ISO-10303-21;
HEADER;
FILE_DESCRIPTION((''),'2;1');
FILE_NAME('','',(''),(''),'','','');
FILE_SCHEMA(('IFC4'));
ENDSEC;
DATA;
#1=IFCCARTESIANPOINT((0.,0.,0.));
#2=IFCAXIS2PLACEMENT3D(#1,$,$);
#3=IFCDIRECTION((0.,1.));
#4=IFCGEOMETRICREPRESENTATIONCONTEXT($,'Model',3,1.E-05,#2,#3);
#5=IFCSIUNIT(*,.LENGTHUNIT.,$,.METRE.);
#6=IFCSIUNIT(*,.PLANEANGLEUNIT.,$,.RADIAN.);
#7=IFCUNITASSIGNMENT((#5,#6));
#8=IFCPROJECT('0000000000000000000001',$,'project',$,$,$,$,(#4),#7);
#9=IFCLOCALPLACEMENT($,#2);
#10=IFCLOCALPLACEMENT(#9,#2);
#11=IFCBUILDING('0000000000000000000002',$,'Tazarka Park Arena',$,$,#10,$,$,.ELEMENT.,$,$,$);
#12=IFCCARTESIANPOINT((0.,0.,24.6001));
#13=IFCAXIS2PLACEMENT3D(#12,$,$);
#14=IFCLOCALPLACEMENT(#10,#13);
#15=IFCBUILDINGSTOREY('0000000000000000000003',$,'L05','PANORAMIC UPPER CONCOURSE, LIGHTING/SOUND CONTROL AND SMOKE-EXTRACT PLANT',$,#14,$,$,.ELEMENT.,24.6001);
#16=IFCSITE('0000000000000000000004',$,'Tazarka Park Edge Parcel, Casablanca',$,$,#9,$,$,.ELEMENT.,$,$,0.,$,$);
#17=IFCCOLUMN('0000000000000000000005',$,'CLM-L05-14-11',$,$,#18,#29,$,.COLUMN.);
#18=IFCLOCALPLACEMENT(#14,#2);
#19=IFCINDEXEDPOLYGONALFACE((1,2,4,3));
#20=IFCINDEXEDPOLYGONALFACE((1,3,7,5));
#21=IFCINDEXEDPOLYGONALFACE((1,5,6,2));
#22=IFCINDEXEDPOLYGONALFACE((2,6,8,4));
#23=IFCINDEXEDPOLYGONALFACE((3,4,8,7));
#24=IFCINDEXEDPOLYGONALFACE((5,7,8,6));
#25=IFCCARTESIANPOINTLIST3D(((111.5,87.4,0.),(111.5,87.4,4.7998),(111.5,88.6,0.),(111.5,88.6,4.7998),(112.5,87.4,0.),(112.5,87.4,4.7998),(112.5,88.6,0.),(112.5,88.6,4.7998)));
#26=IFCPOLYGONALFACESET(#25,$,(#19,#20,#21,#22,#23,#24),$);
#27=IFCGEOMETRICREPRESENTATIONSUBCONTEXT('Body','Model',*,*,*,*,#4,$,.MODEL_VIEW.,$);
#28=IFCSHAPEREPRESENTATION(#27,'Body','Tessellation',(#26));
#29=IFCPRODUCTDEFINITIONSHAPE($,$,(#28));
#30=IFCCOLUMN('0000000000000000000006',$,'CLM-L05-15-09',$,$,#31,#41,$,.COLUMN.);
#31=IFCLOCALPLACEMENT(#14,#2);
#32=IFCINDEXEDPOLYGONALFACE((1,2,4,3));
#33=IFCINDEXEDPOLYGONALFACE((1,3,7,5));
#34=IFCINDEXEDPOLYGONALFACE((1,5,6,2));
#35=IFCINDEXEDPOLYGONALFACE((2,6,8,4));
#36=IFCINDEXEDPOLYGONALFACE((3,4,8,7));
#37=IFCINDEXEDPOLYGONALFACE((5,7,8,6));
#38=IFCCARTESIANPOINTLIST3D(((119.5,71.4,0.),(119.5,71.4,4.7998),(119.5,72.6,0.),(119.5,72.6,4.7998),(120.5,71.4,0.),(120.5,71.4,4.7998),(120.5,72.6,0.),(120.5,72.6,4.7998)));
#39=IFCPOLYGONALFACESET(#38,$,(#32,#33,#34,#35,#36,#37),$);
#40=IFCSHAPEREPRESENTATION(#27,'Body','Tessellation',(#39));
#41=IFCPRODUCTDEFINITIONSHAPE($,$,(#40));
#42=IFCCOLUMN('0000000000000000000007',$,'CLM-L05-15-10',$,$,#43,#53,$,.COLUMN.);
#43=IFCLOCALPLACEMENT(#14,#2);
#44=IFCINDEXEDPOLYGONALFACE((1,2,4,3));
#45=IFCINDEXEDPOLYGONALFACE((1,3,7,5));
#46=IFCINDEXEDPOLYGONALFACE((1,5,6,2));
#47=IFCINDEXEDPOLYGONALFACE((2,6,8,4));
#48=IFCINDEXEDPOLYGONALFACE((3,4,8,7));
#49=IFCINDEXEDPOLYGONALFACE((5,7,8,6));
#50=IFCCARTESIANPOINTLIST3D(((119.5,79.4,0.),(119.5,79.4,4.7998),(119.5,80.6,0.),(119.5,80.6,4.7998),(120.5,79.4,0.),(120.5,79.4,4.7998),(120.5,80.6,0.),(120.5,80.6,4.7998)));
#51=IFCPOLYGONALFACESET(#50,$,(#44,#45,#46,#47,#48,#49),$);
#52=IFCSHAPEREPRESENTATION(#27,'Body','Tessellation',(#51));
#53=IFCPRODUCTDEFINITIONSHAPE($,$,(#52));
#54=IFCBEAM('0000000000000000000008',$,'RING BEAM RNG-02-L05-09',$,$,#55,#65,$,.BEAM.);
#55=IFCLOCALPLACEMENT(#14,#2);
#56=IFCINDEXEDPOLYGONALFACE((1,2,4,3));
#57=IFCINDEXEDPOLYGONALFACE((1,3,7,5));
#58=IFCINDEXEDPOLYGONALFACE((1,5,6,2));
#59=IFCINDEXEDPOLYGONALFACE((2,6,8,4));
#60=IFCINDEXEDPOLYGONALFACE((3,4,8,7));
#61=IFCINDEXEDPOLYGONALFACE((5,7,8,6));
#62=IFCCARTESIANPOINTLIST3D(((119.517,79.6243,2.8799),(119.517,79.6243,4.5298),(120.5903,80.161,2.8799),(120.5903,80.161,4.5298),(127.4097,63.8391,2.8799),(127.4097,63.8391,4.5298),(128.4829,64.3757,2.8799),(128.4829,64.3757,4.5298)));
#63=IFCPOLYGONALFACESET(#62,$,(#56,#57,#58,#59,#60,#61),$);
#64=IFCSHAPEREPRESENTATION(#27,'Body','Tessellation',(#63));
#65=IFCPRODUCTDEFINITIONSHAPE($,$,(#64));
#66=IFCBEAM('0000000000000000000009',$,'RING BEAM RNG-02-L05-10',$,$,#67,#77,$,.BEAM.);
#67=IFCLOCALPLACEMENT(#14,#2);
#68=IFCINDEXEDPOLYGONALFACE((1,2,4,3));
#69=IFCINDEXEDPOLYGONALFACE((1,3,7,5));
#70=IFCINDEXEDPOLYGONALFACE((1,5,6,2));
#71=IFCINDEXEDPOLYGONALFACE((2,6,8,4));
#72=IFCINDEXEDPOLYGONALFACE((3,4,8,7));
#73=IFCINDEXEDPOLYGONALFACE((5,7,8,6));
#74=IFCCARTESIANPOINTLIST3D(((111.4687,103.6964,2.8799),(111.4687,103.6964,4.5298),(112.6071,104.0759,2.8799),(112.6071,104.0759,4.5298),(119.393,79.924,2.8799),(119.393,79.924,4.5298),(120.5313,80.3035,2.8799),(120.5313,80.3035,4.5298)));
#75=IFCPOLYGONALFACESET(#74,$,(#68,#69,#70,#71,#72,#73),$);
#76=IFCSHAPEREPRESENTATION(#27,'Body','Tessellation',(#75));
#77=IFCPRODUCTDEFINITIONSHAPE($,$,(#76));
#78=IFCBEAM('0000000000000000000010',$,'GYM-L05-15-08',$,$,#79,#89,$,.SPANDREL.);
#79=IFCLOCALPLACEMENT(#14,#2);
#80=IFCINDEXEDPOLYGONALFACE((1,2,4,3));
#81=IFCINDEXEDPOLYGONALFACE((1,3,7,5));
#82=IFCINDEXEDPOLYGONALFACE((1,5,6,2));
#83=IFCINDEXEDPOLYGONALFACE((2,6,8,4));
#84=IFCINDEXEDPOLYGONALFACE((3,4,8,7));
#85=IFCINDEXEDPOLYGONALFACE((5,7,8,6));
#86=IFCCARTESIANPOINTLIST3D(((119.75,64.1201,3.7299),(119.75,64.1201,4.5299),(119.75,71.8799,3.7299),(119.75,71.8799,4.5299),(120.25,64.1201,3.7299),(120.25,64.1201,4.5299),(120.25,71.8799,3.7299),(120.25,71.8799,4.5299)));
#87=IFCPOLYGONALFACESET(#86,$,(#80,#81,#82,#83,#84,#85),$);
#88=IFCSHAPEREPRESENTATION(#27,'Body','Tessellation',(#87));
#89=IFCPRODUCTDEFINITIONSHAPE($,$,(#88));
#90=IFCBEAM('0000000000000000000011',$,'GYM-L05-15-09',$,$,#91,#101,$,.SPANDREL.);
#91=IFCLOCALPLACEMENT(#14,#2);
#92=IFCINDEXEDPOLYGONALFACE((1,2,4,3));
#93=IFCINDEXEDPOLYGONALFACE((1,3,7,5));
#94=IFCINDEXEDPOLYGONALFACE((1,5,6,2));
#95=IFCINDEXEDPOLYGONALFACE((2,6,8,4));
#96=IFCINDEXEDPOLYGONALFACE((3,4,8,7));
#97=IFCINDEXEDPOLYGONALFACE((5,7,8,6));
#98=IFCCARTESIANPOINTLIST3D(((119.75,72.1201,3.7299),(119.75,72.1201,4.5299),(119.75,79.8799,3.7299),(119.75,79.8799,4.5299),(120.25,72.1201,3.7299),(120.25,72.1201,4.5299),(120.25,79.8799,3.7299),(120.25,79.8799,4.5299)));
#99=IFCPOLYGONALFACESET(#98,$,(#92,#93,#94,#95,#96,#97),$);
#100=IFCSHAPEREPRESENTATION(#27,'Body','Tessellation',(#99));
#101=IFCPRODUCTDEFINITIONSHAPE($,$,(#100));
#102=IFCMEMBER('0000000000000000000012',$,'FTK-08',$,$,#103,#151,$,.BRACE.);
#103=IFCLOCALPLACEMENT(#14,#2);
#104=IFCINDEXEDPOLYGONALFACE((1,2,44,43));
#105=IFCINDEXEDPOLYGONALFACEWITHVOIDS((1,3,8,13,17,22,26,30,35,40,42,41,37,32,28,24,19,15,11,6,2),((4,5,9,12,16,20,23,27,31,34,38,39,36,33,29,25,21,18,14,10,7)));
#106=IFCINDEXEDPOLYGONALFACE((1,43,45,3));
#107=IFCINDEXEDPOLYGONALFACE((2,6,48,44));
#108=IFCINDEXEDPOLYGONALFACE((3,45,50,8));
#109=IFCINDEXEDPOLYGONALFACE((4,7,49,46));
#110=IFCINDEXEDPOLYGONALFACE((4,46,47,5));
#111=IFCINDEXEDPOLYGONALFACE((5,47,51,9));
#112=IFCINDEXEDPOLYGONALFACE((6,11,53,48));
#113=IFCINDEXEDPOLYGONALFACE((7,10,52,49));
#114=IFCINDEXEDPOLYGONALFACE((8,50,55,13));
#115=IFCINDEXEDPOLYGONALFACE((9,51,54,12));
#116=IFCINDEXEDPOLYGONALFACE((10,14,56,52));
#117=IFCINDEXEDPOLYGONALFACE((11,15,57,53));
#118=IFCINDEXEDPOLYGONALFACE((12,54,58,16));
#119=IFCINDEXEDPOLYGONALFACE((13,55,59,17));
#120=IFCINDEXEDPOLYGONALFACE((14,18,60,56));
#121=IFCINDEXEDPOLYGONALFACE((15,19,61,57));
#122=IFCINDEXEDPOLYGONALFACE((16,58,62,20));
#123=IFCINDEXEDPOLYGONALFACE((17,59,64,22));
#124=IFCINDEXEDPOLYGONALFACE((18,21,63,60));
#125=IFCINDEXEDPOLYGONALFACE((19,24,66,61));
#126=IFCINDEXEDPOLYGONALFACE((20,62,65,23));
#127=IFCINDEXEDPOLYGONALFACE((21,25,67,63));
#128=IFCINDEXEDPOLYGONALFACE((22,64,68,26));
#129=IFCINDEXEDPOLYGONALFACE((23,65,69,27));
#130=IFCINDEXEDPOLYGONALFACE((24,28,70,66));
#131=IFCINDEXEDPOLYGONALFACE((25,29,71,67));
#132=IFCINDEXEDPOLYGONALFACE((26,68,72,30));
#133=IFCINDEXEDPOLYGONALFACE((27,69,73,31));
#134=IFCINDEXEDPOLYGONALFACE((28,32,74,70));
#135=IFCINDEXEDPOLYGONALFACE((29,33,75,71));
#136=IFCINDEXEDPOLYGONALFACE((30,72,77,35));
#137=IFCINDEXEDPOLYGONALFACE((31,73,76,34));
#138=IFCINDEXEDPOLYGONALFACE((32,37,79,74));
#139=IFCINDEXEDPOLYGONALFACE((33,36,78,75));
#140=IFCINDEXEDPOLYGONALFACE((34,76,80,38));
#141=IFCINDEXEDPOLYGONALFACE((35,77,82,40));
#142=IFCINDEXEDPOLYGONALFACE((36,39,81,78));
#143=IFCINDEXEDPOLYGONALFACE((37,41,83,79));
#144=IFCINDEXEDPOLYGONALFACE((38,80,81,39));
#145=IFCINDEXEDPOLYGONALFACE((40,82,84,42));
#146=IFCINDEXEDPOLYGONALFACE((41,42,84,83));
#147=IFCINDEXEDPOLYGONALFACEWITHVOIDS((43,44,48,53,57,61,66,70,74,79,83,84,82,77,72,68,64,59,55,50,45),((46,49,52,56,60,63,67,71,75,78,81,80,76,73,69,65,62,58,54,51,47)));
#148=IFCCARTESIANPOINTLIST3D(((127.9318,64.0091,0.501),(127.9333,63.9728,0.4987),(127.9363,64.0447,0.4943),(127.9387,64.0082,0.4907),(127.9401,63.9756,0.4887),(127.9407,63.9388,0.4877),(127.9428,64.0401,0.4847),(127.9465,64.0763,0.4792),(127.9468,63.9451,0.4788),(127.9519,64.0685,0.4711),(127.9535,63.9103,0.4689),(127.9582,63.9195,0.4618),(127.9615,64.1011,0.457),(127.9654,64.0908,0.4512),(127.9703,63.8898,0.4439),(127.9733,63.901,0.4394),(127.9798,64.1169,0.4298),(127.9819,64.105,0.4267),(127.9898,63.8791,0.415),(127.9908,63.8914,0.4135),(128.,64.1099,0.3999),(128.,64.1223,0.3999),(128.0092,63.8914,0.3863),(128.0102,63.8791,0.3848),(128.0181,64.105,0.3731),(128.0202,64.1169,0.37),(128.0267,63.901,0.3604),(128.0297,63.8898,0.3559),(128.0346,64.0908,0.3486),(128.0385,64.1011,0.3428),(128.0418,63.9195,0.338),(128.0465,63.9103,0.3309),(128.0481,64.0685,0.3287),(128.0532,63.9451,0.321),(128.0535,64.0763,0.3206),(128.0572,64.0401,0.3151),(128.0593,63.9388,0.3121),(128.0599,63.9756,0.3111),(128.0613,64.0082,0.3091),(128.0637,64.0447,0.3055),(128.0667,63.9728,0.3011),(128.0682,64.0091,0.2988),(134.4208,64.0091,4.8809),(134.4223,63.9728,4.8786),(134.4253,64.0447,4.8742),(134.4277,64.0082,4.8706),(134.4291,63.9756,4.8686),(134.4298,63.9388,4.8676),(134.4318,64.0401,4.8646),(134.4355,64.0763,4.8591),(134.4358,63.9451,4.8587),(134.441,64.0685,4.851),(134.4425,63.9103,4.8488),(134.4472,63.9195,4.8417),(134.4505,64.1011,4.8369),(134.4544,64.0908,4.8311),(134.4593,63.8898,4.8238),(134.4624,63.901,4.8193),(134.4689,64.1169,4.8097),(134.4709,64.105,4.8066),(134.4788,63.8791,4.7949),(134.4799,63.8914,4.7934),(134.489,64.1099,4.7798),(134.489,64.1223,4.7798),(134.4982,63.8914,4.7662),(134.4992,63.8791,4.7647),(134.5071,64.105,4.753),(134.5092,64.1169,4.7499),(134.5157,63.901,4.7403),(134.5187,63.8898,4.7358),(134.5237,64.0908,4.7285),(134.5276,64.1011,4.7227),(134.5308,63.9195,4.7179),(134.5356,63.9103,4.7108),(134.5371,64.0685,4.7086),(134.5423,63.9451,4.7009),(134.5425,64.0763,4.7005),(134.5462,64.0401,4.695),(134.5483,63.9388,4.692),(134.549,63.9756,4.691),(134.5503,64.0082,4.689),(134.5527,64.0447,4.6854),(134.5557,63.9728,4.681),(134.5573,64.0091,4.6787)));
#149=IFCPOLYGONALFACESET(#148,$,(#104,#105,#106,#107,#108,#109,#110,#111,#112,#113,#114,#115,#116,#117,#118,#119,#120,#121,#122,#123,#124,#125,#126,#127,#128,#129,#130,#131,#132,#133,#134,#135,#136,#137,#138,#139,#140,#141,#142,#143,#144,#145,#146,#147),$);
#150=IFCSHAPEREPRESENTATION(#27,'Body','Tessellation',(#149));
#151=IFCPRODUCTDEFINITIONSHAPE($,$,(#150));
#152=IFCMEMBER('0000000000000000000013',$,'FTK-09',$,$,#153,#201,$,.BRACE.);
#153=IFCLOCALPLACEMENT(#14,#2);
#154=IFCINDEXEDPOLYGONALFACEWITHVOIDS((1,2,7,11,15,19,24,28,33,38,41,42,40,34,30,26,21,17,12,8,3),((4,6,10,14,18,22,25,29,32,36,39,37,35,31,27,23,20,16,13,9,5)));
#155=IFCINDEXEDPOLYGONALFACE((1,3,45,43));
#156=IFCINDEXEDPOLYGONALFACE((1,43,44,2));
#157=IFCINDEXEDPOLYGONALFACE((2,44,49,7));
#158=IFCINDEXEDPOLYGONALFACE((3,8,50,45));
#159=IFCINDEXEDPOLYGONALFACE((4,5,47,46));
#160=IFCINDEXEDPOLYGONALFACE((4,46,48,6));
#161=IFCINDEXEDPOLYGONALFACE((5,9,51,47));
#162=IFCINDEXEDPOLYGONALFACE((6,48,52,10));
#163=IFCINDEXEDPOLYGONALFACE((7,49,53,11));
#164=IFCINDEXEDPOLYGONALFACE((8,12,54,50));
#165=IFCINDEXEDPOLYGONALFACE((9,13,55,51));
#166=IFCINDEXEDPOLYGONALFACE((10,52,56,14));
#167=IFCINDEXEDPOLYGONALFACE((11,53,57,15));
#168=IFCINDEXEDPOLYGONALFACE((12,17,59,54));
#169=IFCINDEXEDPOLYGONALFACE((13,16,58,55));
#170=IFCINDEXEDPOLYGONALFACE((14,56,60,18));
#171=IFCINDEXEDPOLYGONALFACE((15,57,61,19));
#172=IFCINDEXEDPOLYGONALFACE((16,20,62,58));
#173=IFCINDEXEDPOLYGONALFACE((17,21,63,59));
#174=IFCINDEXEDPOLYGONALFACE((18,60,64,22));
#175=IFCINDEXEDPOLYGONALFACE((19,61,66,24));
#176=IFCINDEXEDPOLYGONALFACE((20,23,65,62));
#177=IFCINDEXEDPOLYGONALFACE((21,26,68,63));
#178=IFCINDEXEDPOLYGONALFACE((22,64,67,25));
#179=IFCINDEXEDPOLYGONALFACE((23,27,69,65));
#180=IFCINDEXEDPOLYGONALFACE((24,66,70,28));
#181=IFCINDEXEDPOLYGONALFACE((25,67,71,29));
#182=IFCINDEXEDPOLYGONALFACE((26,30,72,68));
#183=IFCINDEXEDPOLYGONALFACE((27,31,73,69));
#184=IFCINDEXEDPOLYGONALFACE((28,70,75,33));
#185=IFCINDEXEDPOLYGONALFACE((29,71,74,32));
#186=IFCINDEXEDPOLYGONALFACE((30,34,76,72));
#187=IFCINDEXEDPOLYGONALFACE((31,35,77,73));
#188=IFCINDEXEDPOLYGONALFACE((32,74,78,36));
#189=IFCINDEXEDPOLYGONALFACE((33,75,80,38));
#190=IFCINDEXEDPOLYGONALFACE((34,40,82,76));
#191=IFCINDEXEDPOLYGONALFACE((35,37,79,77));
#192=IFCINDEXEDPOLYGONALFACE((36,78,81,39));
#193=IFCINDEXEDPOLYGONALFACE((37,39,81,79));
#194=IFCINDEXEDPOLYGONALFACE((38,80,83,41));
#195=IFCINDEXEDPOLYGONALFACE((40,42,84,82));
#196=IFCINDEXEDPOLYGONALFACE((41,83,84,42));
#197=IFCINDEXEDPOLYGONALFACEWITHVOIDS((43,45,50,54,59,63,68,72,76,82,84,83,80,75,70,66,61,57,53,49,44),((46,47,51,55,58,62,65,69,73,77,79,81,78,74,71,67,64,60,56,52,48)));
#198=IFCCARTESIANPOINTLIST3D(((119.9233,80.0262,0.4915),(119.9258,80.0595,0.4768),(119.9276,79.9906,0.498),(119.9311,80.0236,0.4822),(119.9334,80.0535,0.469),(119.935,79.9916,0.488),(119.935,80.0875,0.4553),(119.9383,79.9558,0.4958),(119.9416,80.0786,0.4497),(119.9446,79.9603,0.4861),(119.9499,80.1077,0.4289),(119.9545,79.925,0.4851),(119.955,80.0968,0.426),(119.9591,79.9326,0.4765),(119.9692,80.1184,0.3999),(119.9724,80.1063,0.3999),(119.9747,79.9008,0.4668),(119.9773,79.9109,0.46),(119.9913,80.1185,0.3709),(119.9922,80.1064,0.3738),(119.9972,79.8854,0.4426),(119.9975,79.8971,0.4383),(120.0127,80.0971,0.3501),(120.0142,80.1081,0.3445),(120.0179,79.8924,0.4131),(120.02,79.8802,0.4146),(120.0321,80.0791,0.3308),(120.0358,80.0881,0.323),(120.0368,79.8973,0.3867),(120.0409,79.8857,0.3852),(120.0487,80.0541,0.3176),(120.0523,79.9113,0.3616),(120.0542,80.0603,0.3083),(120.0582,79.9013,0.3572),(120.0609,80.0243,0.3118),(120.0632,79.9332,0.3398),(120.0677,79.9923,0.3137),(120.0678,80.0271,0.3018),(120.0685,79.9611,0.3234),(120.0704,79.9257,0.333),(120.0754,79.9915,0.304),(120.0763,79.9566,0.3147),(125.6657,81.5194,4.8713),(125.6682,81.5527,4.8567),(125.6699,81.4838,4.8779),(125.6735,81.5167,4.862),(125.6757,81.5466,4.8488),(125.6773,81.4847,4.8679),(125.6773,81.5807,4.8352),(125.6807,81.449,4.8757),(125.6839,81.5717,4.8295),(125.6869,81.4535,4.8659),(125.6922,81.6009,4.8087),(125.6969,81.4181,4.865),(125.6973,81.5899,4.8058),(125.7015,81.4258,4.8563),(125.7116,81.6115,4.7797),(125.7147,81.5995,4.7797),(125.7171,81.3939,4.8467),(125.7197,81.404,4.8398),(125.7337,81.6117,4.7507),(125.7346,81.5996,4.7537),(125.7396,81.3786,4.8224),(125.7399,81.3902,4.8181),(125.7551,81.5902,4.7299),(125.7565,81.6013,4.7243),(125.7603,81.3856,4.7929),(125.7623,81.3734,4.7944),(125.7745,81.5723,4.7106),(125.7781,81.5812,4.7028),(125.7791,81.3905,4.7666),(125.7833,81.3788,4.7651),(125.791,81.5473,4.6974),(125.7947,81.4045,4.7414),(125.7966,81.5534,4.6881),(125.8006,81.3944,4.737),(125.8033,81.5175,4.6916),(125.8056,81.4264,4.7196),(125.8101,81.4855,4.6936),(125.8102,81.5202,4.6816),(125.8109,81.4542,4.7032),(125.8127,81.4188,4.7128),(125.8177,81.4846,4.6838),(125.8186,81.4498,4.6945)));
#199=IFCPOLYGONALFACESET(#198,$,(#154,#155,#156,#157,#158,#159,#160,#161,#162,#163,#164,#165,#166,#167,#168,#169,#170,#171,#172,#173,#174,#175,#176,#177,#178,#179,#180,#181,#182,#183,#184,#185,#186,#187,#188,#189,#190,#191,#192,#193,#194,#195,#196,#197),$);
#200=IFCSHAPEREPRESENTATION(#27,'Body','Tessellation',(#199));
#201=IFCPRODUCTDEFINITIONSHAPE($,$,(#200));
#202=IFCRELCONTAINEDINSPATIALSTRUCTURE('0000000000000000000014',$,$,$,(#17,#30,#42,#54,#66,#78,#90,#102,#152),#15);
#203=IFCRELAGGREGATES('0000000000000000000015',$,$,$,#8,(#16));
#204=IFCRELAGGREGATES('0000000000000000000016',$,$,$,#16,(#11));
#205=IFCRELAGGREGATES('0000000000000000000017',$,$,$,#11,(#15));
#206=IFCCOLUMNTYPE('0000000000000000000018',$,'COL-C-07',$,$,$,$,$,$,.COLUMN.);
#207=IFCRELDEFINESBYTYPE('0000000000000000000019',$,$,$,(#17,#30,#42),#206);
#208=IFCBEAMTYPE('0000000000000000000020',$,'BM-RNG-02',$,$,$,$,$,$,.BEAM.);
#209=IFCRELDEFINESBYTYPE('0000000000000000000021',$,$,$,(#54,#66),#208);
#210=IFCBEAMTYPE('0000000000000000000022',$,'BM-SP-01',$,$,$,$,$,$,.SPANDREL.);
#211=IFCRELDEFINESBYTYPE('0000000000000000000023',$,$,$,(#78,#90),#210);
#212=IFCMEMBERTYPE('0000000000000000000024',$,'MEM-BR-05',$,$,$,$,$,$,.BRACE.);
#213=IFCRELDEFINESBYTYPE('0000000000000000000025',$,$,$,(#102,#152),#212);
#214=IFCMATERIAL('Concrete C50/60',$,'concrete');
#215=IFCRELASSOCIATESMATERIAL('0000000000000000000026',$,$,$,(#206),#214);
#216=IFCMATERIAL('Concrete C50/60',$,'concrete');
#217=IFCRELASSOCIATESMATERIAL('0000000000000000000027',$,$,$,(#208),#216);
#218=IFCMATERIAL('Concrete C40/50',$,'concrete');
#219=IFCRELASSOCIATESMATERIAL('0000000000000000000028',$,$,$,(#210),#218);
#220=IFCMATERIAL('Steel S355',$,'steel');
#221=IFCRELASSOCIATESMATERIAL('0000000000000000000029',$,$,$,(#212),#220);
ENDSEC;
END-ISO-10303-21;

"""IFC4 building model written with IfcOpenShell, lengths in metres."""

from ifc_helpers import new_model, si_unit, direction, frame, origin, origin_2d, place, context, subcontext, project, spatial, rectangle, hollow_circle, extrude, material, material_profile, profile_set, type_object, element, save


model = new_model("IFC4")

# Units and contexts
model_context = context("Model", 3, precision=1e-05, world=origin(), true_north=direction((0.0, 1.0)))
body_context = subcontext(model_context, "Body", "Model", "MODEL_VIEW")
ifc_project = project(units=[si_unit("LENGTHUNIT", "METRE"), si_unit("PLANEANGLEUNIT", "RADIAN")], contexts=[model_context])

# Site, building, storey
site_placement = place(None, origin())
site = spatial("IfcSite", under=ifc_project, at=site_placement, Name="Tazarka Park Edge Parcel, Casablanca", CompositionType="ELEMENT", RefElevation=0.0)
building_placement = place(site_placement, origin())
building = spatial("IfcBuilding", under=site, at=building_placement, Name="Tazarka Park Arena", CompositionType="ELEMENT")
storey_placement = place(building_placement, frame((0.0, 0.0, 24.6001)))
storey = spatial("IfcBuildingStorey", under=building, at=storey_placement, Name="L05", Description="PANORAMIC UPPER CONCOURSE, LIGHTING/SOUND CONTROL AND SMOKE-EXTRACT PLANT", CompositionType="ELEMENT", Elevation=24.6001)

# Columns
ifc_material_1 = material(Name="Concrete C50/60", Category="concrete")
ifc_material_profile_1 = material_profile(ifc_material_1, rectangle(XDim=1.0, YDim=1.2, at=origin_2d()), Name="Concrete C50/60")
ifc_profile_set_1 = profile_set([ifc_material_profile_1], Name="Concrete C50/60")
column_type = type_object("IfcColumnType", Name="COL-C-07", PredefinedType="COLUMN", material=ifc_profile_set_1)
for number, where, z_axis, x_axis, name in (
    (1, (112.0, 88.0, 0.0), (0.0, 0.0, 1.0), (1.0, 0.0, 0.0), "CLM-L05-14-11"),
    (2, (120.0, 72.0, 0.0), (0.0, 0.0, 1.0), (1.0, 0.0, 0.0), "CLM-L05-15-09"),
    (3, (120.0, 80.0, 0.0), (0.0, 0.0, 1.0), (1.0, 0.0, 0.0), "CLM-L05-15-10"),
):
    element("IfcColumn", number, at=place(storey_placement, frame(where, z_axis=z_axis, x_axis=x_axis)), inside=storey, type_object=column_type, Name=name, PredefinedType="COLUMN", context=body_context, shape_type="SweptSolid", body=[
        extrude(rectangle(XDim=1.0, YDim=1.2, at=origin_2d()), origin(), (0.0, 0.0, 1.0), 4.7998),
    ])

# Beams
ifc_material_2 = material(Name="Concrete C50/60", Category="concrete")
ifc_material_profile_2 = material_profile(ifc_material_2, rectangle(XDim=1.2, YDim=1.6499, at=origin_2d()), Name="Concrete C50/60")
ifc_profile_set_2 = profile_set([ifc_material_profile_2], Name="Concrete C50/60")
beam_type_1 = type_object("IfcBeamType", Name="BM-RNG-02", PredefinedType="BEAM", material=ifc_profile_set_2)
beam_1_placement = place(storey_placement, frame((127.9463, 64.1074, 3.7048), z_axis=(-0.447214, 0.894427, 0.0), x_axis=(-0.894427, -0.447214, 0.0)))
element("IfcBeam", 4, at=beam_1_placement, inside=storey, type_object=beam_type_1, Name="RING BEAM RNG-02-L05-09", PredefinedType="BEAM", context=body_context, shape_type="SweptSolid", body=[
    extrude(rectangle(XDim=1.2, YDim=1.6499, at=origin_2d()), origin(), (0.0, 0.0, 1.0), 17.6484),
])
beam_2_placement = place(storey_placement, frame((119.9622, 80.1138, 3.7048), z_axis=(-0.316234, 0.948681, 0.0), x_axis=(-0.948681, -0.316234, 0.0)))
element("IfcBeam", 5, at=beam_2_placement, inside=storey, type_object=beam_type_1, Name="RING BEAM RNG-02-L05-10", PredefinedType="BEAM", context=body_context, shape_type="SweptSolid", body=[
    extrude(rectangle(XDim=1.2, YDim=1.6499, at=origin_2d()), origin(), (0.0, 0.0, 1.0), 25.0583),
])
ifc_material_3 = material(Name="Concrete C40/50", Category="concrete")
ifc_material_profile_3 = material_profile(ifc_material_3, rectangle(XDim=0.5, YDim=0.8, at=origin_2d()), Name="Concrete C40/50")
ifc_profile_set_3 = profile_set([ifc_material_profile_3], Name="Concrete C40/50")
beam_type_2 = type_object("IfcBeamType", Name="BM-SP-01", PredefinedType="SPANDREL", material=ifc_profile_set_3)
for number, where, z_axis, x_axis, name in (
    (6, (120.0, 64.1201, 4.1299), (0.0, 1.0, 0.0), (-1.0, 0.0, 0.0), "GYM-L05-15-08"),
    (7, (120.0, 72.1201, 4.1299), (0.0, 1.0, 0.0), (-1.0, 0.0, 0.0), "GYM-L05-15-09"),
):
    element("IfcBeam", number, at=place(storey_placement, frame(where, z_axis=z_axis, x_axis=x_axis)), inside=storey, type_object=beam_type_2, Name=name, PredefinedType="SPANDREL", context=body_context, shape_type="SweptSolid", body=[
        extrude(rectangle(XDim=0.5, YDim=0.8, at=origin_2d()), origin(), (0.0, 0.0, 1.0), 7.7598),
    ])

# Members
ifc_material_4 = material(Name="Steel S355", Category="steel")
ifc_material_profile_4 = material_profile(ifc_material_4, hollow_circle(Radius=0.1223, WallThickness=0.0125, at=origin_2d()), Name="Steel S355")
ifc_profile_set_4 = profile_set([ifc_material_profile_4], Name="Steel S355")
member_type_1 = type_object("IfcMemberType", Name="MEM-BR-05", PredefinedType="BRACE", material=ifc_profile_set_4)
member_1_placement = place(storey_placement, frame((128.0, 64.0, 0.3999), z_axis=(0.828861, 0.0, 0.559455), x_axis=(0.0, 1.0, 0.0)))
element("IfcMember", 8, at=member_1_placement, inside=storey, type_object=member_type_1, Name="FTK-08", PredefinedType="BRACE", context=body_context, shape_type="SweptSolid", body=[
    extrude(hollow_circle(Radius=0.1223, WallThickness=0.0125, at=origin_2d()), origin(), (0.0, 0.0, 1.0), 7.8289),
])
member_2_placement = place(storey_placement, frame((120.0, 80.0, 0.3999), z_axis=(0.77865, 0.202467, 0.593894), x_axis=(-0.251655, 0.967817, 0.0)))
element("IfcMember", 9, at=member_2_placement, inside=storey, type_object=member_type_1, Name="FTK-09", PredefinedType="BRACE", context=body_context, shape_type="SweptSolid", body=[
    extrude(hollow_circle(Radius=0.1223, WallThickness=0.0125, at=origin_2d()), origin(), (0.0, 0.0, 1.0), 7.3748),
])

save(model, "model.ifc")
